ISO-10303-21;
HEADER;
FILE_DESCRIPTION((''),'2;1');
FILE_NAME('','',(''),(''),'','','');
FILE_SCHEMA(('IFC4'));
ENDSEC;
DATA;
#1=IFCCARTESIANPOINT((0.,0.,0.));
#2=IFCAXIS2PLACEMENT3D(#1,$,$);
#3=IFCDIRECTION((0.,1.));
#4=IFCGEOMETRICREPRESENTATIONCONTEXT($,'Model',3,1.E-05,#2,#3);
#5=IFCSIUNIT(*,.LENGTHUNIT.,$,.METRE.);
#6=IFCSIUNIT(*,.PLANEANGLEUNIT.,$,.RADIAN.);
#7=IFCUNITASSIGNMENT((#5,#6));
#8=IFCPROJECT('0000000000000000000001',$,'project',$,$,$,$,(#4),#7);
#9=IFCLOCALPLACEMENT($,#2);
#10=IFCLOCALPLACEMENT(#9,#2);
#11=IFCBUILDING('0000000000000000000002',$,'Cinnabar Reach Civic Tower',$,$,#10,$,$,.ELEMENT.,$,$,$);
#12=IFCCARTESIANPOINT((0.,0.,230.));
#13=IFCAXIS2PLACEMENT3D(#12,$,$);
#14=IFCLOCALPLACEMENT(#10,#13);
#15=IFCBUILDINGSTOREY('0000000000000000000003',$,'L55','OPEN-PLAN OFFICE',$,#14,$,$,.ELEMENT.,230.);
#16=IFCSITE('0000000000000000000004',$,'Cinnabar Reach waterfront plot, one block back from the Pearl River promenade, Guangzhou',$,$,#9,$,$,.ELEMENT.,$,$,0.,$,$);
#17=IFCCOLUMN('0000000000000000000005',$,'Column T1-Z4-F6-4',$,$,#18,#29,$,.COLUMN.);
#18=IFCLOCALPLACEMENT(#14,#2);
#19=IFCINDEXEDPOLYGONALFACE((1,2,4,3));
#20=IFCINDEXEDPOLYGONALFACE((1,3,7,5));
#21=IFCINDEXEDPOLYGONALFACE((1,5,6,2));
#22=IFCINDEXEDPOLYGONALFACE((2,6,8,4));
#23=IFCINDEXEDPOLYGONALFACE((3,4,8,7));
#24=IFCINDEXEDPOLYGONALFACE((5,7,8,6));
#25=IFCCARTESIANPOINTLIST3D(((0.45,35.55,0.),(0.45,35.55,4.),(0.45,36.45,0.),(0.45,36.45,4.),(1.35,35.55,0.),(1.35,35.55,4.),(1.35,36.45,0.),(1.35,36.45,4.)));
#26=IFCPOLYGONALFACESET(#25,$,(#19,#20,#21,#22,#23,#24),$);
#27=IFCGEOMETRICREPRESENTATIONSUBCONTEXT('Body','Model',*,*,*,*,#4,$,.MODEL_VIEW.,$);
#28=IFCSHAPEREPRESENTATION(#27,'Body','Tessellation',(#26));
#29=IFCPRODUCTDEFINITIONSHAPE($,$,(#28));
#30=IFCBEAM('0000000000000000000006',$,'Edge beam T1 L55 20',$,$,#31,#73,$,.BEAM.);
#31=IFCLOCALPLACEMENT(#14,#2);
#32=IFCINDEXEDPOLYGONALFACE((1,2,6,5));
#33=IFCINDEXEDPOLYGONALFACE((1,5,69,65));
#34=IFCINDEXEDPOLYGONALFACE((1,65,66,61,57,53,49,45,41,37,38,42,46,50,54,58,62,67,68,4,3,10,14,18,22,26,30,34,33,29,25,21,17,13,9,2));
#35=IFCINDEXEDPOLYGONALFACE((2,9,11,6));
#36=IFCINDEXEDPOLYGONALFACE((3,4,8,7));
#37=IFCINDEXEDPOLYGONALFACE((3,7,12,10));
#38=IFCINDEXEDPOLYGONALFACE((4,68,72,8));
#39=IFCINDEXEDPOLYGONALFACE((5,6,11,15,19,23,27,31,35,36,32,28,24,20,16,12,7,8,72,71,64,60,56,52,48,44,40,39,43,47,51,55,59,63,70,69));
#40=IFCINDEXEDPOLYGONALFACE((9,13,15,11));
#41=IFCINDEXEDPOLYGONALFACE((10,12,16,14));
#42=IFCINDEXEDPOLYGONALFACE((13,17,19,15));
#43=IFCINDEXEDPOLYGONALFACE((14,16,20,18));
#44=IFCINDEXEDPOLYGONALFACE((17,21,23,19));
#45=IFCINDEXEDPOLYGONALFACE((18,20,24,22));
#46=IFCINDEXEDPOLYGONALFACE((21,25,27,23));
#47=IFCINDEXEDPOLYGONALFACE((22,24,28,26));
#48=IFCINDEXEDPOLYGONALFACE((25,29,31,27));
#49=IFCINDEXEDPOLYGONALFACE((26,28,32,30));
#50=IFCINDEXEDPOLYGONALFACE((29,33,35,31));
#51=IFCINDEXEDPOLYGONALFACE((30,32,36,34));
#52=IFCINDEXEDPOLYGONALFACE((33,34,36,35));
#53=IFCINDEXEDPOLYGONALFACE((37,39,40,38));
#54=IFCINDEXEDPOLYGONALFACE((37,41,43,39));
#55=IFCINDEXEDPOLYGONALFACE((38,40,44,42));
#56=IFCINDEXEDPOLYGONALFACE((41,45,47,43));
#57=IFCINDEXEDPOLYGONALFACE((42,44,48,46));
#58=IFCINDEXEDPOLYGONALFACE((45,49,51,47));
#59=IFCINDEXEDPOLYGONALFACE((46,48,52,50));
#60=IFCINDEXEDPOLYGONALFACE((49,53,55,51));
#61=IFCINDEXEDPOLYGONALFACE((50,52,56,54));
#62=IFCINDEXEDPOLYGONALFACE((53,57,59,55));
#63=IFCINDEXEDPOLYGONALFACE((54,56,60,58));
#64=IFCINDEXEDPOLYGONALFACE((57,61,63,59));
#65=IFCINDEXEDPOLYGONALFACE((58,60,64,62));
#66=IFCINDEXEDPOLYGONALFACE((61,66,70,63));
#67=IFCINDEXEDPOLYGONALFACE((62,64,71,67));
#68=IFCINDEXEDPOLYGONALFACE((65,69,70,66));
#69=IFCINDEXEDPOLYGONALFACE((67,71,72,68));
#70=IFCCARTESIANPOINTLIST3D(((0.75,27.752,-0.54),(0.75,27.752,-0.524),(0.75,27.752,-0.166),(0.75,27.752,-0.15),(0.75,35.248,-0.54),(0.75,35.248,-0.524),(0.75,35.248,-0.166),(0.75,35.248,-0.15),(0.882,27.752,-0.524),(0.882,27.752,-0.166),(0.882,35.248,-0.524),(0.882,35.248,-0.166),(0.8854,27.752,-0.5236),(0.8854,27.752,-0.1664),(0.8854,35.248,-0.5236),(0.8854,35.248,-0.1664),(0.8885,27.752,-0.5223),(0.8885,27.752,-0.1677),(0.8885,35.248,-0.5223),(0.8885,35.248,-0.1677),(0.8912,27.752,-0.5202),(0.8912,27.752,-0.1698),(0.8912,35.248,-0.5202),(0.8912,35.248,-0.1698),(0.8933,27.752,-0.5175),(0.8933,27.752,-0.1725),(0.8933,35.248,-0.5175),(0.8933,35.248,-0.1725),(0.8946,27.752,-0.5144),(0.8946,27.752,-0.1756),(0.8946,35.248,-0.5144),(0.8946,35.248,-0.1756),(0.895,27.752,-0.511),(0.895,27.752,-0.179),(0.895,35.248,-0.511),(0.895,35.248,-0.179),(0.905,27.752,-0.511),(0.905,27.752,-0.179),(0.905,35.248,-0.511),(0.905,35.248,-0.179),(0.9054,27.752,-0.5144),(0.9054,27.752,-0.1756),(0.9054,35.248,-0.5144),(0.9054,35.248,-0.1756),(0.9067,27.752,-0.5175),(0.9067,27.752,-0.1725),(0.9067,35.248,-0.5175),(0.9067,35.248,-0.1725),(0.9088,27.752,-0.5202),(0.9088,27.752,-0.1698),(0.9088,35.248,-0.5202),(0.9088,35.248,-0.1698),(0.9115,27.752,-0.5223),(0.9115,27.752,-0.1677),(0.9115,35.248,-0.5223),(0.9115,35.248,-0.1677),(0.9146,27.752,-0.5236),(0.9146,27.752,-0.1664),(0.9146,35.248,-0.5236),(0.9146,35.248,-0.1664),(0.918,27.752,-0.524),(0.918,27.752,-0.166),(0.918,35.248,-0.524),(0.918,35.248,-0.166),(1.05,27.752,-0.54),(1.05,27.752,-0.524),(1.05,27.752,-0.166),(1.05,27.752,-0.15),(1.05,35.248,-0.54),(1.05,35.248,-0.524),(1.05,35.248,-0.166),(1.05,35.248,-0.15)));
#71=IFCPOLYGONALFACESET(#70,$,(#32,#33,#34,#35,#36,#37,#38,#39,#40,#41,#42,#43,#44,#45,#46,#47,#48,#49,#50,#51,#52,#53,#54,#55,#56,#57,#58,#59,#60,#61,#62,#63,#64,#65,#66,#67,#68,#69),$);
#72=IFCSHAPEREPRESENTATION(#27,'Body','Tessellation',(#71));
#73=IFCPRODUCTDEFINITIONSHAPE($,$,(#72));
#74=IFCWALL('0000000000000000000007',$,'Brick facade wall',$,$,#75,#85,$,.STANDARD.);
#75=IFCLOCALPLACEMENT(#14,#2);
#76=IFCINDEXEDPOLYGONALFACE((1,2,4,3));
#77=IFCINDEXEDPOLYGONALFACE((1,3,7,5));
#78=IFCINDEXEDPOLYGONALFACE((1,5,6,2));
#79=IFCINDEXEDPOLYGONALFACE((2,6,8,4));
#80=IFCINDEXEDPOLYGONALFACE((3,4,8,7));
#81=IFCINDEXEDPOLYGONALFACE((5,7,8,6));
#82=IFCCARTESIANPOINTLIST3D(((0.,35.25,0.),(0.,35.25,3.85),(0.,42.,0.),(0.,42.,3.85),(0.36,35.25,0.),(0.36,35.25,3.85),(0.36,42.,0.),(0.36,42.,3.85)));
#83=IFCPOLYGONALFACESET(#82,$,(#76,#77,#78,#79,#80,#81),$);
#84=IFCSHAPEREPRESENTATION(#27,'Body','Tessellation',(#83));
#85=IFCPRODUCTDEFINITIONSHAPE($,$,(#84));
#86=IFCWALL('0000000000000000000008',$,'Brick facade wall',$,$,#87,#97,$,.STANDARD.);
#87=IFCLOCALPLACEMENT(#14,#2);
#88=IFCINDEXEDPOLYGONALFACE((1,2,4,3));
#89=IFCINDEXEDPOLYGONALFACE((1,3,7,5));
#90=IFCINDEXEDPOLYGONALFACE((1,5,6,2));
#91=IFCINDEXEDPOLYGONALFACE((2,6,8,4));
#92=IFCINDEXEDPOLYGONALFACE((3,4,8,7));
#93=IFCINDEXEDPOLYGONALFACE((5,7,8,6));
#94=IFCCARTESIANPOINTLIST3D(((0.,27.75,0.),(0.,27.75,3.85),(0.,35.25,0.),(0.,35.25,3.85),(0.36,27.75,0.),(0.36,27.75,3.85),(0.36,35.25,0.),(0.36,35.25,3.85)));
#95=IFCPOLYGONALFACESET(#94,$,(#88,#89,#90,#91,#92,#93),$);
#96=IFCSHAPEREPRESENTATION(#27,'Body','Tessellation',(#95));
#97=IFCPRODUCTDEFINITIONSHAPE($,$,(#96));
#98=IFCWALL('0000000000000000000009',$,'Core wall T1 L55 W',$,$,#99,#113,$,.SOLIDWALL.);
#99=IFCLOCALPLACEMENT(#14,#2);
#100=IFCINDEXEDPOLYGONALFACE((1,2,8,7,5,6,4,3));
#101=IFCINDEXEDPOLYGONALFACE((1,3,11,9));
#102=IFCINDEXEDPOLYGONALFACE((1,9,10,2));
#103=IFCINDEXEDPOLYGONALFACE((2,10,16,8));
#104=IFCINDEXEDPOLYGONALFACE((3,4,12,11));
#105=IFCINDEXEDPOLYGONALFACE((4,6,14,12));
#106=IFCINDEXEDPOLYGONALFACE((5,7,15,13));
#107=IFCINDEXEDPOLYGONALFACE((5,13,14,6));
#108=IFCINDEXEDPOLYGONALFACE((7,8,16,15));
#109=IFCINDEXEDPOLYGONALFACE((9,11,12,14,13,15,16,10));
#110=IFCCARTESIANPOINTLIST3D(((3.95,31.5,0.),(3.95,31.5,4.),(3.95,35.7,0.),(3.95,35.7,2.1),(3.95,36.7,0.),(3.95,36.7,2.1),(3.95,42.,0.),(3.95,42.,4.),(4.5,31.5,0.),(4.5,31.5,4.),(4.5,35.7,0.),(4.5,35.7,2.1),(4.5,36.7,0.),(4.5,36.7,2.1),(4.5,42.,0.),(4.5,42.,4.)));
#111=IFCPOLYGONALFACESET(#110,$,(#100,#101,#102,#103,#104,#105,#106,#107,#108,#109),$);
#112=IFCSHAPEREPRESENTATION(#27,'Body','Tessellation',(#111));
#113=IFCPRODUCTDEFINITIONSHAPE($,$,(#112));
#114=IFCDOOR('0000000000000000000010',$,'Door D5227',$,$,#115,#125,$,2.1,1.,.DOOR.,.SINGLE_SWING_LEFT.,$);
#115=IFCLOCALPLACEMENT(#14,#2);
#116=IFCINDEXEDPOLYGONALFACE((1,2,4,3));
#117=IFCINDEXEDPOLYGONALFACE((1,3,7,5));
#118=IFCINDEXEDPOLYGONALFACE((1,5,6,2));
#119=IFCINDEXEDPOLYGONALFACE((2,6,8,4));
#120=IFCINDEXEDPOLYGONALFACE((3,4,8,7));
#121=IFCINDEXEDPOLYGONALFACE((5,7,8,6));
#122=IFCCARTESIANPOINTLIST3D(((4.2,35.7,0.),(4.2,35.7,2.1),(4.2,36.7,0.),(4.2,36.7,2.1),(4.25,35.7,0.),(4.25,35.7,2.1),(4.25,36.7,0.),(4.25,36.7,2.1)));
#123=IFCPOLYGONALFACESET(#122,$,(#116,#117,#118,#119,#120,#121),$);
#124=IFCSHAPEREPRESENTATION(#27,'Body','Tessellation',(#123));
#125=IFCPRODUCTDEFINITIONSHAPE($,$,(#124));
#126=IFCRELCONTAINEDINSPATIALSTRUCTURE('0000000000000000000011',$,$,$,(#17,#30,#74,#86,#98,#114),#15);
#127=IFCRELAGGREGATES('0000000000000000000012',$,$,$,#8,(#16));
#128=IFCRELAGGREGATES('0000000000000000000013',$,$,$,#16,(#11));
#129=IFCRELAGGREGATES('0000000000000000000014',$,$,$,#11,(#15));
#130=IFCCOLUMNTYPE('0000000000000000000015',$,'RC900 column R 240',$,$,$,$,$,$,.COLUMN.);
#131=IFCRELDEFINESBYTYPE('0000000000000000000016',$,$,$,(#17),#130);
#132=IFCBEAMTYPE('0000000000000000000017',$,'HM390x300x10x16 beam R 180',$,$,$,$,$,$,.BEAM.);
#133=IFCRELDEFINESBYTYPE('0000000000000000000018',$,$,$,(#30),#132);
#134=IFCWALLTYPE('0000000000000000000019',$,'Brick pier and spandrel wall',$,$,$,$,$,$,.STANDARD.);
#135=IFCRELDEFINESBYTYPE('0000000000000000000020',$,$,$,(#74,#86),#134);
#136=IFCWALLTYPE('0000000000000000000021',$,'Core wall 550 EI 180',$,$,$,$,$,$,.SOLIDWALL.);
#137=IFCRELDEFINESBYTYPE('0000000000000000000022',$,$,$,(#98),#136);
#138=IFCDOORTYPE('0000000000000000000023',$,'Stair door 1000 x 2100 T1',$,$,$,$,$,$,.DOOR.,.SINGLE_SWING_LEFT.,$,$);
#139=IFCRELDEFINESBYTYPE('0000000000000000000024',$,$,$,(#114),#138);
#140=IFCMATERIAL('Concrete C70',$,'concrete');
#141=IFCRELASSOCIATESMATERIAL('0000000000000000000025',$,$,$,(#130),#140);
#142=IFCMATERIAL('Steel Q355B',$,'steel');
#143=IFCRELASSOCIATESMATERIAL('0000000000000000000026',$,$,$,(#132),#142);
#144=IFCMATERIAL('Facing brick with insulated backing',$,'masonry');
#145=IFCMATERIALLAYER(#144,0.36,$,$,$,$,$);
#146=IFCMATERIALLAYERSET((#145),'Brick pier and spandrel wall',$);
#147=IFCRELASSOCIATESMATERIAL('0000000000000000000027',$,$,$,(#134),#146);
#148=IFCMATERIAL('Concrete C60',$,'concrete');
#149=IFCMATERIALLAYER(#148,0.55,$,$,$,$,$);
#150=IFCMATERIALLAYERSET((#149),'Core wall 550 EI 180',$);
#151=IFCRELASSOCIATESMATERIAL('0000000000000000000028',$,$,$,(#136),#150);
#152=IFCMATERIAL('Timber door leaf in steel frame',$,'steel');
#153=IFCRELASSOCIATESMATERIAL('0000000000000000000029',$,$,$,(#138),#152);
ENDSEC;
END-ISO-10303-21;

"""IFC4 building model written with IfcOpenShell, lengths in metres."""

from ifc_helpers import new_model, si_unit, direction, frame, frame_2d, origin, origin_2d, place, context, subcontext, project, spatial, rectangle, i_section, extrude, material, layer, layer_set, material_profile, profile_set, type_object, element, fill, save


model = new_model("IFC4")

# Units and contexts
model_context = context("Model", 3, precision=1e-05, world=origin(), true_north=direction((0.0, 1.0)))
body_context = subcontext(model_context, "Body", "Model", "MODEL_VIEW")
ifc_project = project(units=[si_unit("LENGTHUNIT", "METRE"), si_unit("PLANEANGLEUNIT", "RADIAN")], contexts=[model_context])

# Site, building, storey
site_placement = place(None, origin())
site = spatial("IfcSite", under=ifc_project, at=site_placement, Name="Cinnabar Reach waterfront plot, one block back from the Pearl River promenade, Guangzhou", CompositionType="ELEMENT", RefElevation=0.0)
building_placement = place(site_placement, origin())
building = spatial("IfcBuilding", under=site, at=building_placement, Name="Cinnabar Reach Civic Tower", CompositionType="ELEMENT")
storey_placement = place(building_placement, frame((0.0, 0.0, 230.0)))
storey = spatial("IfcBuildingStorey", under=building, at=storey_placement, Name="L55", Description="OPEN-PLAN OFFICE", CompositionType="ELEMENT", Elevation=230.0)

# Column
ifc_material_1 = material(Name="Concrete C70", Category="concrete")
ifc_material_profile_1 = material_profile(ifc_material_1, rectangle(XDim=0.9, YDim=0.9, at=origin_2d()), Name="RC900")
ifc_profile_set_1 = profile_set([ifc_material_profile_1], Name="Concrete C70")
column_type = type_object("IfcColumnType", Name="RC900 column R 240", PredefinedType="COLUMN", material=ifc_profile_set_1)
column_placement = place(storey_placement, frame((0.9, 36.0, 0.0), z_axis=(0.0, 0.0, 1.0), x_axis=(1.0, 0.0, 0.0)))
element("IfcColumn", 1, at=column_placement, inside=storey, type_object=column_type, Name="Column T1-Z4-F6-4", PredefinedType="COLUMN", context=body_context, shape_type="SweptSolid", body=[
    extrude(rectangle(XDim=0.9, YDim=0.9, at=origin_2d()), origin(), (0.0, 0.0, 1.0), 4.0),
])

# Beam
ifc_material_2 = material(Name="Steel Q355B", Category="steel")
ifc_material_profile_2 = material_profile(ifc_material_2, i_section(OverallWidth=0.3, OverallDepth=0.39, WebThickness=0.01, FlangeThickness=0.016, FilletRadius=0.013, at=origin_2d()), Name="HM390x300x10x16")
ifc_profile_set_2 = profile_set([ifc_material_profile_2], Name="Steel Q355B")
beam_type = type_object("IfcBeamType", Name="HM390x300x10x16 beam R 180", PredefinedType="BEAM", material=ifc_profile_set_2)
beam_placement = place(storey_placement, frame((0.9, 35.248, -0.345), z_axis=(0.0, -1.0, 0.0), x_axis=(1.0, 0.0, 0.0)))
element("IfcBeam", 2, at=beam_placement, inside=storey, type_object=beam_type, Name="Edge beam T1 L55 20", PredefinedType="BEAM", context=body_context, shape_type="SweptSolid", body=[
    extrude(i_section(OverallWidth=0.3, OverallDepth=0.39, WebThickness=0.01, FlangeThickness=0.016, FilletRadius=0.013, at=origin_2d()), origin(), (0.0, 0.0, 1.0), 7.496),
])

# Walls
ifc_material_3 = material(Name="Facing brick with insulated backing", Category="masonry")
ifc_layer_1 = layer(ifc_material_3, 0.36)
ifc_layer_set_1 = layer_set([ifc_layer_1], Name="Brick pier and spandrel wall")
wall_type_1 = type_object("IfcWallType", Name="Brick pier and spandrel wall", PredefinedType="STANDARD", material=ifc_layer_set_1)
wall_1_placement = place(storey_placement, frame((0.18, 42.0, 0.0), z_axis=(0.0, 0.0, 1.0), x_axis=(0.0, -1.0, 0.0)))
element("IfcWall", 3, at=wall_1_placement, inside=storey, type_object=wall_type_1, Name="Brick facade wall", PredefinedType="STANDARD", context=body_context, shape_type="SweptSolid", body=[
    extrude(rectangle(XDim=6.75, YDim=0.36, at=frame_2d((3.375, 0.0))), origin(), (0.0, 0.0, 1.0), 3.85),
])
wall_2_placement = place(storey_placement, frame((0.18, 35.25, 0.0), z_axis=(0.0, 0.0, 1.0), x_axis=(0.0, -1.0, 0.0)))
element("IfcWall", 4, at=wall_2_placement, inside=storey, type_object=wall_type_1, Name="Brick facade wall", PredefinedType="STANDARD", context=body_context, shape_type="SweptSolid", body=[
    extrude(rectangle(XDim=7.5, YDim=0.36, at=frame_2d((3.75, 0.0))), origin(), (0.0, 0.0, 1.0), 3.85),
])

# Wall, opening, door
ifc_material_4 = material(Name="Concrete C60", Category="concrete")
ifc_layer_2 = layer(ifc_material_4, 0.55)
ifc_layer_set_2 = layer_set([ifc_layer_2], Name="Core wall 550 EI 180")
wall_type_2 = type_object("IfcWallType", Name="Core wall 550 EI 180", PredefinedType="SOLIDWALL", material=ifc_layer_set_2)
wall_3_placement = place(storey_placement, frame((4.225, 42.0, 0.0), z_axis=(0.0, 0.0, 1.0), x_axis=(0.0, -1.0, 0.0)))
wall_3 = element("IfcWall", 5, at=wall_3_placement, inside=storey, type_object=wall_type_2, Name="Core wall T1 L55 W", PredefinedType="SOLIDWALL", context=body_context, shape_type="SweptSolid", body=[
    extrude(rectangle(XDim=10.5, YDim=0.55, at=frame_2d((5.25, 0.0))), origin(), (0.0, 0.0, 1.0), 4.0),
])
opening_1_placement = place(wall_3_placement, frame((5.3, 0.0, 0.0)))
opening_1 = element("IfcOpeningElement", 6, at=opening_1_placement, cuts=wall_3, PredefinedType="OPENING", context=body_context, shape_type="SweptSolid", body=[
    extrude(rectangle(XDim=1.0, YDim=2.1, at=frame_2d((0.5, 1.05))), frame((0.0, 0.285, 0.0), z_axis=(0.0, -1.0, 0.0), x_axis=(1.0, 0.0, 0.0)), (0.0, 0.0, 1.0), 0.57),
])
ifc_material_5 = material(Name="Timber door leaf in steel frame", Category="steel")
door_type_1 = type_object("IfcDoorType", Name="Stair door 1000 x 2100 T1", OperationType="SINGLE_SWING_LEFT", PredefinedType="DOOR", material=ifc_material_5)
door_1_placement = place(opening_1_placement, frame((1.0, 0.0, 0.0), z_axis=(0.0, 0.0, 1.0), x_axis=(-1.0, 0.0, 0.0)))
door_1 = element("IfcDoor", 7, at=door_1_placement, inside=storey, type_object=door_type_1, Name="Door D5227", OperationType="SINGLE_SWING_LEFT", OverallHeight=2.1, OverallWidth=1.0, PredefinedType="DOOR", context=body_context, shape_type="SweptSolid", body=[
    extrude(rectangle(XDim=1.0, YDim=2.1, at=frame_2d((0.5, 1.05))), frame((0.0, 0.025, 0.0), z_axis=(0.0, -1.0, 0.0), x_axis=(1.0, 0.0, 0.0)), (0.0, 0.0, 1.0), 0.05),
])
fill(opening_1, door_1)

save(model, "model.ifc")
